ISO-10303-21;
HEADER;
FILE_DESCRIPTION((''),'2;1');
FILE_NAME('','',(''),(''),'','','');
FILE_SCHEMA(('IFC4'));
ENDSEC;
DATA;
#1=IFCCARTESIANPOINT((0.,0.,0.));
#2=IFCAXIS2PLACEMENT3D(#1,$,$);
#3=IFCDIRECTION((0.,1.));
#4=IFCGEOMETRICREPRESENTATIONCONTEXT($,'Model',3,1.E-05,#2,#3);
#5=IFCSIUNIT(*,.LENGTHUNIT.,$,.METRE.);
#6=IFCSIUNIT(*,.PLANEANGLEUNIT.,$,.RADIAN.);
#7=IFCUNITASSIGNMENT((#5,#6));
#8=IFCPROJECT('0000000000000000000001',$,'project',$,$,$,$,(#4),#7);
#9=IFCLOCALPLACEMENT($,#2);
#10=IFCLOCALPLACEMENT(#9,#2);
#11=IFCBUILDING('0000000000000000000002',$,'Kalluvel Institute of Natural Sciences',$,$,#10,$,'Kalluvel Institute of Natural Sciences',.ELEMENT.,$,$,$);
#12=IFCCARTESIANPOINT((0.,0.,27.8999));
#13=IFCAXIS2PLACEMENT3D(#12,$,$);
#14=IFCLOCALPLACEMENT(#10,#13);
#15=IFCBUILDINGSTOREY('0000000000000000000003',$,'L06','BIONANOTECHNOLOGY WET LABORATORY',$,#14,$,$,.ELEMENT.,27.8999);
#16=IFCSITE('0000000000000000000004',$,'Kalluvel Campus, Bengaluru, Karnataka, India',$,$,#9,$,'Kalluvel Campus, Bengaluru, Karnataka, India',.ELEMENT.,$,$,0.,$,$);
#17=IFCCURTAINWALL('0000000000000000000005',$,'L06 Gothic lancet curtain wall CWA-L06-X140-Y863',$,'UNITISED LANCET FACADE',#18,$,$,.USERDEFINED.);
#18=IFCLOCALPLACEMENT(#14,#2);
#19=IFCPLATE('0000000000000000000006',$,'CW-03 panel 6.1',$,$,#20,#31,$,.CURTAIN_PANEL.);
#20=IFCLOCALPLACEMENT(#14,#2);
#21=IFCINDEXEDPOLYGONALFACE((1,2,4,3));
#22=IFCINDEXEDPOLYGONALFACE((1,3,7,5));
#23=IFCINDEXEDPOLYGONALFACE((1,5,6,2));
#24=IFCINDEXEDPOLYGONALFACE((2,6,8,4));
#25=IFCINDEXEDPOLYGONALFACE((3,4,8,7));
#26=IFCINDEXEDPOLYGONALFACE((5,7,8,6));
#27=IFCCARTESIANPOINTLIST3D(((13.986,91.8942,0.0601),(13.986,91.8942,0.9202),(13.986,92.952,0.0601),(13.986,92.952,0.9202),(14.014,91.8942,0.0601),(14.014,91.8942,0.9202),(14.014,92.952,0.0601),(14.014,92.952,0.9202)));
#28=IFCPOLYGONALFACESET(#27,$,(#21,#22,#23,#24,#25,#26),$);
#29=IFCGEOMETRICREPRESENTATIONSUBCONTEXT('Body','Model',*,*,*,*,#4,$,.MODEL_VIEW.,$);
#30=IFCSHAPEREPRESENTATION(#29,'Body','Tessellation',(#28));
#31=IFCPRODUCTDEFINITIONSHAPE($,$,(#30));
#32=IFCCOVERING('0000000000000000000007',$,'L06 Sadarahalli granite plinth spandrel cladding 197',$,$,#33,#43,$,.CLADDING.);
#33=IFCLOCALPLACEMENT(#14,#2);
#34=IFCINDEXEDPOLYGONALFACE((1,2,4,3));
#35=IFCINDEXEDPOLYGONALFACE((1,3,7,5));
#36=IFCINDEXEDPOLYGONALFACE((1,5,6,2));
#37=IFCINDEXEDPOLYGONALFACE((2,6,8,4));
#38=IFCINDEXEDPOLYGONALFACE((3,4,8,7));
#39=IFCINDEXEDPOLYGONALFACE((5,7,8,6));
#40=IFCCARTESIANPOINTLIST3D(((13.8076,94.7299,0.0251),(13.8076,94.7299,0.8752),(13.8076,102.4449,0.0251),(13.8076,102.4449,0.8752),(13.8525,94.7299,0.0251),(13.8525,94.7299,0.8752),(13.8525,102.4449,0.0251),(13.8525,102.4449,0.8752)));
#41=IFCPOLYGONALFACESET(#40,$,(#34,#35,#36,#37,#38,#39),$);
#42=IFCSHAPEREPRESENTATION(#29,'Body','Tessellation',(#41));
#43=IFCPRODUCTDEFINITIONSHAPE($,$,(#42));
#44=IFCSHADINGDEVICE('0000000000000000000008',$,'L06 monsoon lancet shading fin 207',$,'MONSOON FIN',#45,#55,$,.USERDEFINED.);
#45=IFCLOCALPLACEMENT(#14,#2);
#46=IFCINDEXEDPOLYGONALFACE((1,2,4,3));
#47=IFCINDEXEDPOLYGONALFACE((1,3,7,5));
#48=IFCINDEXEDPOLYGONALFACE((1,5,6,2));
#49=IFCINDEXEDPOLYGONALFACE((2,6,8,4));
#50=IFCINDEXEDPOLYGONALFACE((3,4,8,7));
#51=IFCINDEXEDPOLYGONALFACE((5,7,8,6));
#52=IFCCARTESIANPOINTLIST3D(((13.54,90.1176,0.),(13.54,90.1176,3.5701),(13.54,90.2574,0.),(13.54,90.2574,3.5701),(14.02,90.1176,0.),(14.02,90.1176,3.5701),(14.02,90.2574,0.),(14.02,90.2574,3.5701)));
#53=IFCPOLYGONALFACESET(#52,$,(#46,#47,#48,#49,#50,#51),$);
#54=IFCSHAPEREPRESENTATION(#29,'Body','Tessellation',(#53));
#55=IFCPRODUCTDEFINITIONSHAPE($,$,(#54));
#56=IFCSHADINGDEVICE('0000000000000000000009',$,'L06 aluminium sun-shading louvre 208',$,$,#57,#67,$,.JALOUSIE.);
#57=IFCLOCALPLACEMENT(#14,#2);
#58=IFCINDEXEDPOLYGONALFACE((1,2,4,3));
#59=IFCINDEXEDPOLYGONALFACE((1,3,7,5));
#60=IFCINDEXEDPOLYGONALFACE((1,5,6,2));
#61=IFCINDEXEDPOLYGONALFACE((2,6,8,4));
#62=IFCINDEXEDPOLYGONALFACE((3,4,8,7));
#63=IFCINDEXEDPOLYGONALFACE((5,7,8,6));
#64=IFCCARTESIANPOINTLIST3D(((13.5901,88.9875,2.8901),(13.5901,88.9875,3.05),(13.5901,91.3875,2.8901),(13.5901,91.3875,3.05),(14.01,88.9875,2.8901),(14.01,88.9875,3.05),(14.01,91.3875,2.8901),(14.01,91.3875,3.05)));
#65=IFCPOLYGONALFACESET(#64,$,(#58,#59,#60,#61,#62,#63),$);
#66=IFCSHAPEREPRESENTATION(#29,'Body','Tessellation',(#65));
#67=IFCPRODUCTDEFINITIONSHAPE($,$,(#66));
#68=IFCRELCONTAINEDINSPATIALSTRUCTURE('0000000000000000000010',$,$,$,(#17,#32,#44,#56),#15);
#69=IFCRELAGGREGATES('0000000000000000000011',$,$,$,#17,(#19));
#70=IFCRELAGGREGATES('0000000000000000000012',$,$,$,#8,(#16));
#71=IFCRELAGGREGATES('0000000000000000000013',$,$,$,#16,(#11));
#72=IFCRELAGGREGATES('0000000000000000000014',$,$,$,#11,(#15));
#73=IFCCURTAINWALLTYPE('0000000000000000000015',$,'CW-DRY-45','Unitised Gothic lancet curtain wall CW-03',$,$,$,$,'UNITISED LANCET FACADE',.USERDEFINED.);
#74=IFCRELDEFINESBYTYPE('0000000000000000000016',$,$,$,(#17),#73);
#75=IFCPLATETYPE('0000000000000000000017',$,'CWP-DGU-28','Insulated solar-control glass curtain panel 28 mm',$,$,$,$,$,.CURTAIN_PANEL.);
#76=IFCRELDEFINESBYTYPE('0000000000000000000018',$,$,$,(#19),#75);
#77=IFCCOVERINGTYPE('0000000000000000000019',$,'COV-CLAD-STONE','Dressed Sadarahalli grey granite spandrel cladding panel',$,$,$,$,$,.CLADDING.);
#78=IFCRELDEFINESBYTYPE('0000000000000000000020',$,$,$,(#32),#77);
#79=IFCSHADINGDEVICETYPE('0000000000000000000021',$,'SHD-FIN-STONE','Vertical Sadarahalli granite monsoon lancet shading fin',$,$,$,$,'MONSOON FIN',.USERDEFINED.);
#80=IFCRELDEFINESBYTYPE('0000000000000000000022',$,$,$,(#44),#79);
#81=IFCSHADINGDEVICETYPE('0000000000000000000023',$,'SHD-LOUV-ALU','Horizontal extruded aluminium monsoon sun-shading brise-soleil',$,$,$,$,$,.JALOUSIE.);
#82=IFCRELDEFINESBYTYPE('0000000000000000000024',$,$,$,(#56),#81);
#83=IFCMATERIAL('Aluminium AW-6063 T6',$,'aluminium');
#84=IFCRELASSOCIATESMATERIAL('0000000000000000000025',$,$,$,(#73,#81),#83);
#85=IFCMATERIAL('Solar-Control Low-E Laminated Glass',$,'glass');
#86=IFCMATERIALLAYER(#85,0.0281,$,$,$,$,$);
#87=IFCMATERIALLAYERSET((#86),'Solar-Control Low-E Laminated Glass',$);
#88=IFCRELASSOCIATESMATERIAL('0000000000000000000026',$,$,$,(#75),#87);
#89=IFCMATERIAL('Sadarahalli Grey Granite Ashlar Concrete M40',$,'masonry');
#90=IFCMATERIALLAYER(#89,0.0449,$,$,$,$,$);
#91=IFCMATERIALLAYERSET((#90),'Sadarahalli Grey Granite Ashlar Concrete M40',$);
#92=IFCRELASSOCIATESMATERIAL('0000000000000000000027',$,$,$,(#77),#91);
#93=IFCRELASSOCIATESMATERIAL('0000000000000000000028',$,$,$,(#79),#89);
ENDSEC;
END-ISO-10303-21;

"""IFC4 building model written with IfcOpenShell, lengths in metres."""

from ifc_helpers import new_model, si_unit, direction, frame, origin, origin_2d, place, context, subcontext, project, spatial, rectangle, extrude, material, layer, layer_set, type_object, element, aggregate, save


model = new_model("IFC4")

# Units and contexts
model_context = context("Model", 3, precision=1e-05, world=origin(), true_north=direction((0.0, 1.0)))
body_context = subcontext(model_context, "Body", "Model", "MODEL_VIEW")
ifc_project = project(units=[si_unit("LENGTHUNIT", "METRE"), si_unit("PLANEANGLEUNIT", "RADIAN")], contexts=[model_context])

# Site, building, storey
site_placement = place(None, origin())
site = spatial("IfcSite", under=ifc_project, at=site_placement, Name="Kalluvel Campus, Bengaluru, Karnataka, India", LongName="Kalluvel Campus, Bengaluru, Karnataka, India", CompositionType="ELEMENT", RefElevation=0.0)
building_placement = place(site_placement, origin())
building = spatial("IfcBuilding", under=site, at=building_placement, Name="Kalluvel Institute of Natural Sciences", LongName="Kalluvel Institute of Natural Sciences", CompositionType="ELEMENT")
storey_placement = place(building_placement, frame((0.0, 0.0, 27.8999)))
storey = spatial("IfcBuildingStorey", under=building, at=storey_placement, Name="L06", Description="BIONANOTECHNOLOGY WET LABORATORY", CompositionType="ELEMENT", Elevation=27.8999)

# Curtain wall, plate
ifc_material_1 = material(Name="Aluminium AW-6063 T6", Category="aluminium")
curtain_wall_type = type_object("IfcCurtainWallType", Name="CW-DRY-45", Description="Unitised Gothic lancet curtain wall CW-03", ElementType="UNITISED LANCET FACADE", PredefinedType="USERDEFINED", material=ifc_material_1)
curtain_wall_placement = place(storey_placement, origin())
curtain_wall = element("IfcCurtainWall", 1, at=curtain_wall_placement, inside=storey, type_object=curtain_wall_type, Name="L06 Gothic lancet curtain wall CWA-L06-X140-Y863", ObjectType="UNITISED LANCET FACADE", PredefinedType="USERDEFINED")
ifc_material_2 = material(Name="Solar-Control Low-E Laminated Glass", Category="glass")
ifc_layer_1 = layer(ifc_material_2, 0.0281)
ifc_layer_set_1 = layer_set([ifc_layer_1], Name="Solar-Control Low-E Laminated Glass")
plate_type = type_object("IfcPlateType", Name="CWP-DGU-28", Description="Insulated solar-control glass curtain panel 28 mm", PredefinedType="CURTAIN_PANEL", material=ifc_layer_set_1)
plate_1_placement = place(storey_placement, frame((14.0, 92.4231, 0.0601), z_axis=(0.0, 0.0, 1.0), x_axis=(0.0, 1.0, 0.0)))
plate_1 = element("IfcPlate", 2, at=plate_1_placement, type_object=plate_type, Name="CW-03 panel 6.1", PredefinedType="CURTAIN_PANEL", context=body_context, shape_type="SweptSolid", body=[
    extrude(rectangle(XDim=1.0579, YDim=0.0281, at=origin_2d()), origin(), (0.0, 0.0, 1.0), 0.8601),
])
aggregate(curtain_wall, [plate_1])

# Covering
ifc_material_3 = material(Name="Sadarahalli Grey Granite Ashlar Concrete M40", Category="masonry")
ifc_layer_2 = layer(ifc_material_3, 0.0449)
ifc_layer_set_2 = layer_set([ifc_layer_2], Name="Sadarahalli Grey Granite Ashlar Concrete M40")
covering_type = type_object("IfcCoveringType", Name="COV-CLAD-STONE", Description="Dressed Sadarahalli grey granite spandrel cladding panel", PredefinedType="CLADDING", material=ifc_layer_set_2)
covering_placement = place(storey_placement, frame((13.8301, 98.5874, 0.0251), z_axis=(0.0, 0.0, 1.0), x_axis=(0.0, 1.0, 0.0)))
element("IfcCovering", 3, at=covering_placement, inside=storey, type_object=covering_type, Name="L06 Sadarahalli granite plinth spandrel cladding 197", PredefinedType="CLADDING", context=body_context, shape_type="SweptSolid", body=[
    extrude(rectangle(XDim=7.7151, YDim=0.0449, at=origin_2d()), origin(), (0.0, 0.0, 1.0), 0.8501),
])

# Shading devices
shading_device_type_1 = type_object("IfcShadingDeviceType", Name="SHD-FIN-STONE", Description="Vertical Sadarahalli granite monsoon lancet shading fin", ElementType="MONSOON FIN", PredefinedType="USERDEFINED", material=ifc_material_3)
shading_device_1_placement = place(storey_placement, frame((13.78, 90.1875, 0.0), z_axis=(0.0, 0.0, 1.0), x_axis=(0.0, 1.0, 0.0)))
element("IfcShadingDevice", 4, at=shading_device_1_placement, inside=storey, type_object=shading_device_type_1, Name="L06 monsoon lancet shading fin 207", ObjectType="MONSOON FIN", PredefinedType="USERDEFINED", context=body_context, shape_type="SweptSolid", body=[
    extrude(rectangle(XDim=0.1399, YDim=0.48, at=origin_2d()), origin(), (0.0, 0.0, 1.0), 3.5701),
])
shading_device_type_2 = type_object("IfcShadingDeviceType", Name="SHD-LOUV-ALU", Description="Horizontal extruded aluminium monsoon sun-shading brise-soleil", PredefinedType="JALOUSIE", material=ifc_material_1)
shading_device_2_placement = place(storey_placement, frame((13.8, 90.1875, 2.8901), z_axis=(0.0, 0.0, 1.0), x_axis=(0.0, 1.0, 0.0)))
element("IfcShadingDevice", 5, at=shading_device_2_placement, inside=storey, type_object=shading_device_type_2, Name="L06 aluminium sun-shading louvre 208", PredefinedType="JALOUSIE", context=body_context, shape_type="SweptSolid", body=[
    extrude(rectangle(XDim=2.3999, YDim=0.4199, at=origin_2d()), origin(), (0.0, 0.0, 1.0), 0.1599),
])

save(model, "model.ifc")
